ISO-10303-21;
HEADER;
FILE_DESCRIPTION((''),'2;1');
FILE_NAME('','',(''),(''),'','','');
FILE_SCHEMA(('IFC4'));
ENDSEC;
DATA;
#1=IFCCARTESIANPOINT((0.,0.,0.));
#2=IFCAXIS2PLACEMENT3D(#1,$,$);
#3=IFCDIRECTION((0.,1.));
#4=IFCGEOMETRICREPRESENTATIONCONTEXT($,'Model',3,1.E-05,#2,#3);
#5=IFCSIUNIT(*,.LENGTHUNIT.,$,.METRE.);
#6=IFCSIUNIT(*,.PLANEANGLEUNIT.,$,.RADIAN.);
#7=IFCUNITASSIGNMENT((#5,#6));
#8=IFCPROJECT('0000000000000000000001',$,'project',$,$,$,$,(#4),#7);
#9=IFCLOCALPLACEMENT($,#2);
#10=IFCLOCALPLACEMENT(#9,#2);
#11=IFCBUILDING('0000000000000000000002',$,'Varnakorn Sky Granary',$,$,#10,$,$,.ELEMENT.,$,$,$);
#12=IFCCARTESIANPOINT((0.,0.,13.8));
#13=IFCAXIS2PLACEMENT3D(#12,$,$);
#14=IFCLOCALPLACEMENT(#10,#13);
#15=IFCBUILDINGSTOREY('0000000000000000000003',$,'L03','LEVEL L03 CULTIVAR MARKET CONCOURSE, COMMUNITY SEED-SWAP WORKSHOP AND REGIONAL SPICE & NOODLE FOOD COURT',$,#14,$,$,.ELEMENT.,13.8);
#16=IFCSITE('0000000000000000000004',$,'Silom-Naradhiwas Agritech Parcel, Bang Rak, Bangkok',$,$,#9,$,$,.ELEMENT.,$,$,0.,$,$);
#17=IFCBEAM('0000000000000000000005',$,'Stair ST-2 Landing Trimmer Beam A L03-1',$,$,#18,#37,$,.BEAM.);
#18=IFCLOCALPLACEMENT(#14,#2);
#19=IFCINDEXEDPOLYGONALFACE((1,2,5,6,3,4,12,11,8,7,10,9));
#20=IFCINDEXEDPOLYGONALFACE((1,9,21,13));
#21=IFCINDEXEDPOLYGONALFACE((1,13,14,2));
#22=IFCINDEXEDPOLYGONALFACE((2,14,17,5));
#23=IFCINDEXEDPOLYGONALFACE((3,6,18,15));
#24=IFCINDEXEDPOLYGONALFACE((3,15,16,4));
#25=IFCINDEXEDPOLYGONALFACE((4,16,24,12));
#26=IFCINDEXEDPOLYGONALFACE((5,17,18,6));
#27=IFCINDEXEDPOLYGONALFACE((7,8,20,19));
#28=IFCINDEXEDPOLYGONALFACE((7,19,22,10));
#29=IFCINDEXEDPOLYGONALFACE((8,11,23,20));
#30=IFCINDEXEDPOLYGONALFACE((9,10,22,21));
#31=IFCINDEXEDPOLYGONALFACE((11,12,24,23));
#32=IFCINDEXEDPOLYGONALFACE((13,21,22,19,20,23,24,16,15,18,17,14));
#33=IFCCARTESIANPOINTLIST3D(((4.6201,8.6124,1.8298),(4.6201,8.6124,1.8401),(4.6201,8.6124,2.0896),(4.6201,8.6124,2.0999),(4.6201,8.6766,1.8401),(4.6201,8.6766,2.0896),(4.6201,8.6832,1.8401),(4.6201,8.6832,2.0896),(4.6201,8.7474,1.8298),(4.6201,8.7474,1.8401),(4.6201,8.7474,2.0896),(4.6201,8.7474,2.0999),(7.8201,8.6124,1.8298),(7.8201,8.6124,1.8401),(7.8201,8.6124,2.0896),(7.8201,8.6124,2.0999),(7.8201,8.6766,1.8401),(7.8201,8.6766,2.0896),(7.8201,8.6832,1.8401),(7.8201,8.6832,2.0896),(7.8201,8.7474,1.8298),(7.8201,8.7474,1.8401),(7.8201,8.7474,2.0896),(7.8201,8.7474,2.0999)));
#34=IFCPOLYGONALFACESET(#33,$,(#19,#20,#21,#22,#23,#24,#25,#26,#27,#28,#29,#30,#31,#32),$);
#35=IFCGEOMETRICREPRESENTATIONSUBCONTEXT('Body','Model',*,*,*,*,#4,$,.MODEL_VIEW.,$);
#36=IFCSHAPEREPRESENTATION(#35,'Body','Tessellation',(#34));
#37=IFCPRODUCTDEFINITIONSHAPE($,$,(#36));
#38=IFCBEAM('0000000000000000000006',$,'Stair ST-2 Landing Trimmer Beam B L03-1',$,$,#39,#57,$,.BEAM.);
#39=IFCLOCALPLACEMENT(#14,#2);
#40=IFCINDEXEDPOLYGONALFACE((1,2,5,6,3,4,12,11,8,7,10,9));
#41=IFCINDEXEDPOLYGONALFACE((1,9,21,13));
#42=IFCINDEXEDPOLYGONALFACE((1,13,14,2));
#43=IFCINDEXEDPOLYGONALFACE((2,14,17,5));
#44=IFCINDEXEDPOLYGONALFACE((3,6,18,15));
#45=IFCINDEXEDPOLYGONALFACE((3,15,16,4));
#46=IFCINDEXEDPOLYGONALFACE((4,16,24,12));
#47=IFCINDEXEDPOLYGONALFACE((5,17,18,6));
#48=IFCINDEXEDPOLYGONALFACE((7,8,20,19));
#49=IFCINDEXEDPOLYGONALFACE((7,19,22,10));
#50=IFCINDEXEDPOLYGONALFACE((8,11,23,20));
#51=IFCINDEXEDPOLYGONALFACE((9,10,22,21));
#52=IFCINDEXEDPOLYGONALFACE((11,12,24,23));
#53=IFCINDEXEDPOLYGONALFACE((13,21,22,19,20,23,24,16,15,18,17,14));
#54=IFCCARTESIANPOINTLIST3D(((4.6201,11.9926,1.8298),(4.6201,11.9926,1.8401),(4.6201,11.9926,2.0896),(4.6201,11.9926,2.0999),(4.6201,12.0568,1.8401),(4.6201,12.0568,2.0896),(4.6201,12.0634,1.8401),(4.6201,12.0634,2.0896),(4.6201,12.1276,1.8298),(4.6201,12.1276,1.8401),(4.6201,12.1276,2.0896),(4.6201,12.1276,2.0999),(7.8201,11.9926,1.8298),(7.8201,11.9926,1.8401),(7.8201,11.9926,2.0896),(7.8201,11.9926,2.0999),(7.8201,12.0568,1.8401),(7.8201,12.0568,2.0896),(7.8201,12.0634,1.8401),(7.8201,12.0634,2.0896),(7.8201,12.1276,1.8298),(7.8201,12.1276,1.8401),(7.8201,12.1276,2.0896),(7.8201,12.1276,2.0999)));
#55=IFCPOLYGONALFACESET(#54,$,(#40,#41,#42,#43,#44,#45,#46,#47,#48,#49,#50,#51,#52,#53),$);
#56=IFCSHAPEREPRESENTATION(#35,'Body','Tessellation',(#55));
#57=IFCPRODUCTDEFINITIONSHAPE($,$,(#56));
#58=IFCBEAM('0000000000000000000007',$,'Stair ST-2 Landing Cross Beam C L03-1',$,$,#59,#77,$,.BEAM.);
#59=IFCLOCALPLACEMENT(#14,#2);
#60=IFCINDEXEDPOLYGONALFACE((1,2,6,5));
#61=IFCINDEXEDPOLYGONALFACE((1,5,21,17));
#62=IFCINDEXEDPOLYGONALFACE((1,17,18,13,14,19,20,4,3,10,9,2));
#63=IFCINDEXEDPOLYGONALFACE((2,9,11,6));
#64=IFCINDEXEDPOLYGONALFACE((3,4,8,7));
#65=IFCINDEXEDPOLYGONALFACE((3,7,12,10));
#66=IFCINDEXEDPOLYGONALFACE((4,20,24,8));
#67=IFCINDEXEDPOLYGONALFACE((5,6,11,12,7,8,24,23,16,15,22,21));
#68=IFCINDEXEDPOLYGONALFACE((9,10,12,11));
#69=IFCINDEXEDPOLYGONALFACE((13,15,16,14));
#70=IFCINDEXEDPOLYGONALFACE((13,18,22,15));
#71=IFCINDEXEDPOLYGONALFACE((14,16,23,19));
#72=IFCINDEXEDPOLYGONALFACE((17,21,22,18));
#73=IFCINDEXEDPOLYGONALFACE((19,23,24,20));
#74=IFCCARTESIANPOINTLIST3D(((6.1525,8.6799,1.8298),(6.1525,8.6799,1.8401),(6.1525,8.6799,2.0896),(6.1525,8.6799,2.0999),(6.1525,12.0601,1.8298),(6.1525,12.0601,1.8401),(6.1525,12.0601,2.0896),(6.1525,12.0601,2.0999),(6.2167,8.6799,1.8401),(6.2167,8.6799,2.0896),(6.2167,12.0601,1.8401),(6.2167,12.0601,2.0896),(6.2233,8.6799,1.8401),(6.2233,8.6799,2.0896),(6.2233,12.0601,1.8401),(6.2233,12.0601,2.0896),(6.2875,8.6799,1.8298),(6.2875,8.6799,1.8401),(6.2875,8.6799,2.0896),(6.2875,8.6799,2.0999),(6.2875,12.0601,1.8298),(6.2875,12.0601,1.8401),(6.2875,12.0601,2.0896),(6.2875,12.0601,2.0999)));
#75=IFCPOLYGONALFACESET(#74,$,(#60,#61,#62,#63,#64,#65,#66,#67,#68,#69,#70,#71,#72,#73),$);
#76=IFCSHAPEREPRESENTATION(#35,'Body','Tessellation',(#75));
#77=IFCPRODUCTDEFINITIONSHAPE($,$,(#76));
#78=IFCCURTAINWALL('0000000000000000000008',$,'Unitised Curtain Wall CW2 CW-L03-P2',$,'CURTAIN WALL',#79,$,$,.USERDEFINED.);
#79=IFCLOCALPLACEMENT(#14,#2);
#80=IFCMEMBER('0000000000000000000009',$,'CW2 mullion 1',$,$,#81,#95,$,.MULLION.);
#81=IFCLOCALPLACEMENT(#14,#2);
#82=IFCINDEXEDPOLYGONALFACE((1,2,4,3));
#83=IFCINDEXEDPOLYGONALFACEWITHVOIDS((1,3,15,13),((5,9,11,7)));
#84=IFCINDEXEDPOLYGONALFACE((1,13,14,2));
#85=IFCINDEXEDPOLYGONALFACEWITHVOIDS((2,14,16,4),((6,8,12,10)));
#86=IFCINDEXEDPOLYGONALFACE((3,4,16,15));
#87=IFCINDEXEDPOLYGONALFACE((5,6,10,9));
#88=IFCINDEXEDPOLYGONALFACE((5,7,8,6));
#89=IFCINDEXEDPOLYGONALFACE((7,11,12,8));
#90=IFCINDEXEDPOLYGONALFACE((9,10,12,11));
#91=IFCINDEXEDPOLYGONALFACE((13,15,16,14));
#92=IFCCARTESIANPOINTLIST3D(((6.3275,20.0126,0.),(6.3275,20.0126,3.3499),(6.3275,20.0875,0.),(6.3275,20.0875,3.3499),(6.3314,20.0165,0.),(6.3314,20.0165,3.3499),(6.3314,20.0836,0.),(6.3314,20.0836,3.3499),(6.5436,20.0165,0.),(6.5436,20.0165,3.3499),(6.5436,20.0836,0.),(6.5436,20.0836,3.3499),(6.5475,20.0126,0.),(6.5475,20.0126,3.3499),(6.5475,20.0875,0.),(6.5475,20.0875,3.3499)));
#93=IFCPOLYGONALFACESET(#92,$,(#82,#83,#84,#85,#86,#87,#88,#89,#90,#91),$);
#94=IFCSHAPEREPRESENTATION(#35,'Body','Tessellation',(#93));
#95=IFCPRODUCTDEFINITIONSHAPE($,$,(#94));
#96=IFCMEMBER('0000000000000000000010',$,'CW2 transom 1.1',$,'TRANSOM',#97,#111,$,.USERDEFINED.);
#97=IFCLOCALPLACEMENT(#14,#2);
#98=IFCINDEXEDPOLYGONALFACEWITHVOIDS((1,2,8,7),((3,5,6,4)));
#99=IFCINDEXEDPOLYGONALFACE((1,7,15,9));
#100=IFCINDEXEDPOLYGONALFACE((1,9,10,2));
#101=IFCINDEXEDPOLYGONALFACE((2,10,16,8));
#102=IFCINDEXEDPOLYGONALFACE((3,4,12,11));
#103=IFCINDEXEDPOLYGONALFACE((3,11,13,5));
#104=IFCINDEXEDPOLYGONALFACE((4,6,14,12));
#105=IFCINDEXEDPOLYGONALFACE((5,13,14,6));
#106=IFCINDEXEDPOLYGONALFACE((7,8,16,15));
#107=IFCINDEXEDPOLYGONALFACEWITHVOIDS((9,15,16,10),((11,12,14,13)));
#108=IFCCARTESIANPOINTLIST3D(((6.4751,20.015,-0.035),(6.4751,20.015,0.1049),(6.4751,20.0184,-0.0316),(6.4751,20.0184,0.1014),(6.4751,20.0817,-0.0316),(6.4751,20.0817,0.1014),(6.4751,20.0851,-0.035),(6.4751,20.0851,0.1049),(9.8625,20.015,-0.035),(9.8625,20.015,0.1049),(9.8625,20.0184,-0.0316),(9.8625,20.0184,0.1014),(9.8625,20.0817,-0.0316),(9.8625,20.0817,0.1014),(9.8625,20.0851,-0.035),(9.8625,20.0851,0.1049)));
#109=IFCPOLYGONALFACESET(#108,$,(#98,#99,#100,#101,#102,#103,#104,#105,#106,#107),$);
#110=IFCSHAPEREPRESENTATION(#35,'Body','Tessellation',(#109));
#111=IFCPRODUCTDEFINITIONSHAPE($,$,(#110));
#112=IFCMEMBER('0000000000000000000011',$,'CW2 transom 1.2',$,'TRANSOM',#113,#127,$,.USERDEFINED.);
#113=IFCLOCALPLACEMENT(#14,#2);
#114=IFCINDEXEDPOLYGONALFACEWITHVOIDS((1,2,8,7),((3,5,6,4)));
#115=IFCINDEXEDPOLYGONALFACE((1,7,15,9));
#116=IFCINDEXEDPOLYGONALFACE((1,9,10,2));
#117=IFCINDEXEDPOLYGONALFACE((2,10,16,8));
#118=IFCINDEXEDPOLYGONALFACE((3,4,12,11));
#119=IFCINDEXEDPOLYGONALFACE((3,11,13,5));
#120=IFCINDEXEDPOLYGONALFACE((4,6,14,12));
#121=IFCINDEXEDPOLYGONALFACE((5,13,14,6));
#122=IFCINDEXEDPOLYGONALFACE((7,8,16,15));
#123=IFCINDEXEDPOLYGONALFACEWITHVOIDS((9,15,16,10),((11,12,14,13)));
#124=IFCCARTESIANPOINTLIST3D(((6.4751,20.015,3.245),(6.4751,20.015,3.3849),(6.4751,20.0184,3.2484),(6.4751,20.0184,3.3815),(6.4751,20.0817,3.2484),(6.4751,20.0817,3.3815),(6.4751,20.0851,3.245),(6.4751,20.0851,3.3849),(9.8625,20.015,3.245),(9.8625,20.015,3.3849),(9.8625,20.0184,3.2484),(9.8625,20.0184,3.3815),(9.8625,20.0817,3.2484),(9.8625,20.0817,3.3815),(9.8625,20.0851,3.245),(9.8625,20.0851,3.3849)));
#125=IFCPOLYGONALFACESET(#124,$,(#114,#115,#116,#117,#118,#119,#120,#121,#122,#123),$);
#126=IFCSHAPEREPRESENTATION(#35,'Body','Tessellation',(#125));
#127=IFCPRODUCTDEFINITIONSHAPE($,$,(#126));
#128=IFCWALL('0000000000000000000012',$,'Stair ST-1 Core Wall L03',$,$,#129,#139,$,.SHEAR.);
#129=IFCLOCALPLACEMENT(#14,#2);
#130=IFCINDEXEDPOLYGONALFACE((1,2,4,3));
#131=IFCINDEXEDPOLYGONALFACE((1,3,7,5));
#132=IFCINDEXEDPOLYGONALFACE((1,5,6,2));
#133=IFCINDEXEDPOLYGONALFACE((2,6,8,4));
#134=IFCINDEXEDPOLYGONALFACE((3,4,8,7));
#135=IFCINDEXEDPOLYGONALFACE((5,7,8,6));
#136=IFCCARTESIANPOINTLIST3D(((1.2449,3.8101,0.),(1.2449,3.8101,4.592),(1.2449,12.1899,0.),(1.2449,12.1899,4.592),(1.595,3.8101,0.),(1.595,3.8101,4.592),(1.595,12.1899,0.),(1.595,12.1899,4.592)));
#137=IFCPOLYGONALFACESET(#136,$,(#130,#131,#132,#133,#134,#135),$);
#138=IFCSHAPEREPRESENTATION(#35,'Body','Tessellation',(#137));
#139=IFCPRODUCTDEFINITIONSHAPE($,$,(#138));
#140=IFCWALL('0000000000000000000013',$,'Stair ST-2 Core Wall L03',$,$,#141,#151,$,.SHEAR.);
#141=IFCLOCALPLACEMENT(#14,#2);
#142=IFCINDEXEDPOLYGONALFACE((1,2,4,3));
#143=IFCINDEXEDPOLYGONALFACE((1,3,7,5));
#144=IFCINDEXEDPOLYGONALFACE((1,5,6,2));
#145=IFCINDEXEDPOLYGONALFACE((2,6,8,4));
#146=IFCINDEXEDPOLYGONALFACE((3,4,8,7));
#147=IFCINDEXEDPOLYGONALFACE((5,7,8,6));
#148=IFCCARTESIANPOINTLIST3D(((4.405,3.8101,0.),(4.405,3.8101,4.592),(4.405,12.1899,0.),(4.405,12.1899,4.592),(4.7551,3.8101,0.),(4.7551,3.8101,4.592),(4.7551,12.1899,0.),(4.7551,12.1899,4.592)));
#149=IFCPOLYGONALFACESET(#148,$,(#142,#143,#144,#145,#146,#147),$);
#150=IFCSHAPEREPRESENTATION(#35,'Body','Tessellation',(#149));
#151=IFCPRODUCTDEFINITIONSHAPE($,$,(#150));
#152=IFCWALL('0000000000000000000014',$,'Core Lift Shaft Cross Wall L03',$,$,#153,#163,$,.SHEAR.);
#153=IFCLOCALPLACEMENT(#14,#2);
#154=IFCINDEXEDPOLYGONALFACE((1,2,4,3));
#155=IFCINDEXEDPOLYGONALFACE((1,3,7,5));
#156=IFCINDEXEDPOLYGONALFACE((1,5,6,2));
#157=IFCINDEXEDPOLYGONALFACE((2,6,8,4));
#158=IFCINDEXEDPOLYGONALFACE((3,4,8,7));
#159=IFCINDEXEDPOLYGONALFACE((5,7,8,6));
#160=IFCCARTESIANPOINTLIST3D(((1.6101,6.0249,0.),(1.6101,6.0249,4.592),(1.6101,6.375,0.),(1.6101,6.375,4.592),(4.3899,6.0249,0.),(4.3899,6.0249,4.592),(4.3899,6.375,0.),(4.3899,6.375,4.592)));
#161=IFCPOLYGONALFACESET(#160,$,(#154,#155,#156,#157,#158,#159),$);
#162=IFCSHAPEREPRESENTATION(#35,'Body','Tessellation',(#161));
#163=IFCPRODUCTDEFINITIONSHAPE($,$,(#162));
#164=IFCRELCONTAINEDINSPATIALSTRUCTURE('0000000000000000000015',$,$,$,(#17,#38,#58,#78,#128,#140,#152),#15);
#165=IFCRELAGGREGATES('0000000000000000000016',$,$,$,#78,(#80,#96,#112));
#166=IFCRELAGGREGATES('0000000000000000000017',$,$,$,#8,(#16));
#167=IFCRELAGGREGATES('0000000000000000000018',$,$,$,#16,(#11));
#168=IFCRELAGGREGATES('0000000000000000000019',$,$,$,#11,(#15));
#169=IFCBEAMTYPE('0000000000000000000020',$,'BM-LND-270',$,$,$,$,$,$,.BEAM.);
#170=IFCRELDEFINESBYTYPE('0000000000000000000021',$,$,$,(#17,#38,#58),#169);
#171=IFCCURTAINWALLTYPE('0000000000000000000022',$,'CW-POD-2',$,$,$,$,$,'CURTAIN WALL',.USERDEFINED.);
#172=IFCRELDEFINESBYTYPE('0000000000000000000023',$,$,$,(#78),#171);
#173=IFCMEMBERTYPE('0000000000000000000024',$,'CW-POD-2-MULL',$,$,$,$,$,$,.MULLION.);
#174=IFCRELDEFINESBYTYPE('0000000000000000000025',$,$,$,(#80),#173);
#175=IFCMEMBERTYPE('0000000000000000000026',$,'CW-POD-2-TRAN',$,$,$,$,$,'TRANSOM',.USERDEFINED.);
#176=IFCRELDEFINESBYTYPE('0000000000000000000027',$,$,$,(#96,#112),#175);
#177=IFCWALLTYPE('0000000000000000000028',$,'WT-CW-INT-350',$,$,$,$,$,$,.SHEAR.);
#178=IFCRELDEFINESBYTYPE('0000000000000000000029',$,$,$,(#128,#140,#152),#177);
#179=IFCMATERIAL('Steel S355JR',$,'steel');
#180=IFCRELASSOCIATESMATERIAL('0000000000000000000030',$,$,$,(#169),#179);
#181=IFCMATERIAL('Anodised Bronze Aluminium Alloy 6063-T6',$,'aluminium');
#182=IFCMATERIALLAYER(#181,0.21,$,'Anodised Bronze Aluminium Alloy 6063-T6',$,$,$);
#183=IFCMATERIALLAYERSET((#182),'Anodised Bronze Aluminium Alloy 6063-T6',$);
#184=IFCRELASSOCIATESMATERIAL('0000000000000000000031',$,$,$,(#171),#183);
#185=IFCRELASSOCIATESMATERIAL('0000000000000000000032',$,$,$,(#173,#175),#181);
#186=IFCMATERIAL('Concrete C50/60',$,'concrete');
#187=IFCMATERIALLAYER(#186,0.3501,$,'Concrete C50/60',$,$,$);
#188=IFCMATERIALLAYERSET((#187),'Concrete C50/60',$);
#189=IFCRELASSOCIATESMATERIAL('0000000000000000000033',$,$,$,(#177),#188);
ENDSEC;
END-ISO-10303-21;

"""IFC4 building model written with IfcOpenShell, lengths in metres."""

from ifc_helpers import new_model, si_unit, direction, frame, frame_2d, origin, origin_2d, place, context, subcontext, project, spatial, rectangle, hollow_rectangle, i_section, extrude, material, layer, layer_set, material_profile, profile_set, type_object, element, aggregate, save


model = new_model("IFC4")

# Units and contexts
model_context = context("Model", 3, precision=1e-05, world=origin(), true_north=direction((0.0, 1.0)))
body_context = subcontext(model_context, "Body", "Model", "MODEL_VIEW")
ifc_project = project(units=[si_unit("LENGTHUNIT", "METRE"), si_unit("PLANEANGLEUNIT", "RADIAN")], contexts=[model_context])

# Site, building, storey
site_placement = place(None, origin())
site = spatial("IfcSite", under=ifc_project, at=site_placement, Name="Silom-Naradhiwas Agritech Parcel, Bang Rak, Bangkok", CompositionType="ELEMENT", RefElevation=0.0)
building_placement = place(site_placement, origin())
building = spatial("IfcBuilding", under=site, at=building_placement, Name="Varnakorn Sky Granary", CompositionType="ELEMENT")
storey_placement = place(building_placement, frame((0.0, 0.0, 13.8)))
storey = spatial("IfcBuildingStorey", under=building, at=storey_placement, Name="L03", Description="LEVEL L03 CULTIVAR MARKET CONCOURSE, COMMUNITY SEED-SWAP WORKSHOP AND REGIONAL SPICE & NOODLE FOOD COURT", CompositionType="ELEMENT", Elevation=13.8)

# Beams
ifc_material_1 = material(Name="Steel S355JR", Category="steel")
ifc_material_profile_1 = material_profile(ifc_material_1, i_section(OverallWidth=0.135, OverallDepth=0.27, WebThickness=0.0066, FlangeThickness=0.0103, at=origin_2d()), Name="IPE 270")
ifc_profile_set_1 = profile_set([ifc_material_profile_1], Name="Steel S355JR")
beam_type = type_object("IfcBeamType", Name="BM-LND-270", PredefinedType="BEAM", material=ifc_profile_set_1)
for number, where, z_axis, x_axis, name in (
    (1, (4.6201, 8.6799, 1.9648), (1.0, 0.0, 0.0), (0.0, 1.0, 0.0), "Stair ST-2 Landing Trimmer Beam A L03-1"),
    (2, (4.6201, 12.0601, 1.9648), (1.0, 0.0, 0.0), (0.0, 1.0, 0.0), "Stair ST-2 Landing Trimmer Beam B L03-1"),
):
    element("IfcBeam", number, at=place(storey_placement, frame(where, z_axis=z_axis, x_axis=x_axis)), inside=storey, type_object=beam_type, Name=name, PredefinedType="BEAM", context=body_context, shape_type="SweptSolid", body=[
        extrude(i_section(OverallWidth=0.135, OverallDepth=0.27, WebThickness=0.0066, FlangeThickness=0.0103, at=origin_2d()), origin(), (0.0, 0.0, 1.0), 3.2),
    ])
beam_placement = place(storey_placement, frame((6.22, 8.6799, 1.9648), z_axis=(0.0, 1.0, 0.0), x_axis=(-1.0, 0.0, 0.0)))
element("IfcBeam", 3, at=beam_placement, inside=storey, type_object=beam_type, Name="Stair ST-2 Landing Cross Beam C L03-1", PredefinedType="BEAM", context=body_context, shape_type="SweptSolid", body=[
    extrude(i_section(OverallWidth=0.135, OverallDepth=0.27, WebThickness=0.0066, FlangeThickness=0.0103, at=origin_2d()), origin(), (0.0, 0.0, 1.0), 3.3801),
])

# Curtain wall, members
ifc_material_2 = material(Name="Anodised Bronze Aluminium Alloy 6063-T6", Category="aluminium")
ifc_layer_1 = layer(ifc_material_2, 0.21, Name="Anodised Bronze Aluminium Alloy 6063-T6")
ifc_layer_set_1 = layer_set([ifc_layer_1], Name="Anodised Bronze Aluminium Alloy 6063-T6")
curtain_wall_type = type_object("IfcCurtainWallType", Name="CW-POD-2", ElementType="CURTAIN WALL", PredefinedType="USERDEFINED", material=ifc_layer_set_1)
curtain_wall_placement = place(storey_placement, origin())
curtain_wall = element("IfcCurtainWall", 4, at=curtain_wall_placement, inside=storey, type_object=curtain_wall_type, Name="Unitised Curtain Wall CW2 CW-L03-P2", ObjectType="CURTAIN WALL", PredefinedType="USERDEFINED")
ifc_material_profile_2 = material_profile(ifc_material_2, hollow_rectangle(XDim=0.075, YDim=0.22, WallThickness=0.0039, at=origin_2d()), Name="ALU MULL 75x220")
ifc_profile_set_2 = profile_set([ifc_material_profile_2], Name="Anodised Bronze Aluminium Alloy 6063-T6")
member_type_1 = type_object("IfcMemberType", Name="CW-POD-2-MULL", PredefinedType="MULLION", material=ifc_profile_set_2)
member_1_placement = place(storey_placement, frame((6.4375, 20.05, 0.0), z_axis=(0.0, 0.0, 1.0), x_axis=(0.0, 1.0, 0.0)))
member_1 = element("IfcMember", 5, at=member_1_placement, type_object=member_type_1, Name="CW2 mullion 1", PredefinedType="MULLION", context=body_context, shape_type="SweptSolid", body=[
    extrude(hollow_rectangle(XDim=0.075, YDim=0.22, WallThickness=0.0039, at=origin_2d()), origin(), (0.0, 0.0, 1.0), 3.3499),
])
ifc_material_profile_3 = material_profile(ifc_material_2, hollow_rectangle(XDim=0.0701, YDim=0.1399, WallThickness=0.0034, at=origin_2d()), Name="ALU TRAN 70x140")
ifc_profile_set_3 = profile_set([ifc_material_profile_3], Name="Anodised Bronze Aluminium Alloy 6063-T6")
member_type_2 = type_object("IfcMemberType", Name="CW-POD-2-TRAN", ElementType="TRANSOM", PredefinedType="USERDEFINED", material=ifc_profile_set_3)
member_2_placement = place(storey_placement, frame((6.4751, 20.05, 0.0349), z_axis=(1.0, 0.0, 0.0), x_axis=(0.0, 1.0, 0.0)))
member_2 = element("IfcMember", 6, at=member_2_placement, type_object=member_type_2, Name="CW2 transom 1.1", ObjectType="TRANSOM", PredefinedType="USERDEFINED", context=body_context, shape_type="SweptSolid", body=[
    extrude(hollow_rectangle(XDim=0.0701, YDim=0.1399, WallThickness=0.0034, at=origin_2d()), origin(), (0.0, 0.0, 1.0), 3.3875),
])
member_3_placement = place(storey_placement, frame((6.4751, 20.05, 3.3149), z_axis=(1.0, 0.0, 0.0), x_axis=(0.0, 1.0, 0.0)))
member_3 = element("IfcMember", 7, at=member_3_placement, type_object=member_type_2, Name="CW2 transom 1.2", ObjectType="TRANSOM", PredefinedType="USERDEFINED", context=body_context, shape_type="SweptSolid", body=[
    extrude(hollow_rectangle(XDim=0.0701, YDim=0.1399, WallThickness=0.0034, at=origin_2d()), origin(), (0.0, 0.0, 1.0), 3.3875),
])
aggregate(curtain_wall, [member_1, member_2, member_3])

# Walls
ifc_material_3 = material(Name="Concrete C50/60", Category="concrete")
ifc_layer_2 = layer(ifc_material_3, 0.3501, Name="Concrete C50/60")
ifc_layer_set_2 = layer_set([ifc_layer_2], Name="Concrete C50/60")
wall_type_1 = type_object("IfcWallType", Name="WT-CW-INT-350", PredefinedType="SHEAR", material=ifc_layer_set_2)
for number, where, z_axis, x_axis, name in (
    (8, (1.4199, 3.8101, 0.0), (0.0, 0.0, 1.0), (0.0, 1.0, 0.0), "Stair ST-1 Core Wall L03"),
    (9, (4.5801, 3.8101, 0.0), (0.0, 0.0, 1.0), (0.0, 1.0, 0.0), "Stair ST-2 Core Wall L03"),
):
    element("IfcWall", number, at=place(storey_placement, frame(where, z_axis=z_axis, x_axis=x_axis)), inside=storey, type_object=wall_type_1, Name=name, PredefinedType="SHEAR", context=body_context, shape_type="SweptSolid", body=[
        extrude(rectangle(XDim=8.3799, YDim=0.3501, at=frame_2d((4.1899, 0.0))), origin(), (0.0, 0.0, 1.0), 4.592),
    ])
wall_1_placement = place(storey_placement, frame((1.6101, 6.2, 0.0), z_axis=(0.0, 0.0, 1.0), x_axis=(1.0, 0.0, 0.0)))
element("IfcWall", 10, at=wall_1_placement, inside=storey, type_object=wall_type_1, Name="Core Lift Shaft Cross Wall L03", PredefinedType="SHEAR", context=body_context, shape_type="SweptSolid", body=[
    extrude(rectangle(XDim=2.7798, YDim=0.3501, at=frame_2d((1.3899, 0.0))), origin(), (0.0, 0.0, 1.0), 4.592),
])

save(model, "model.ifc")
